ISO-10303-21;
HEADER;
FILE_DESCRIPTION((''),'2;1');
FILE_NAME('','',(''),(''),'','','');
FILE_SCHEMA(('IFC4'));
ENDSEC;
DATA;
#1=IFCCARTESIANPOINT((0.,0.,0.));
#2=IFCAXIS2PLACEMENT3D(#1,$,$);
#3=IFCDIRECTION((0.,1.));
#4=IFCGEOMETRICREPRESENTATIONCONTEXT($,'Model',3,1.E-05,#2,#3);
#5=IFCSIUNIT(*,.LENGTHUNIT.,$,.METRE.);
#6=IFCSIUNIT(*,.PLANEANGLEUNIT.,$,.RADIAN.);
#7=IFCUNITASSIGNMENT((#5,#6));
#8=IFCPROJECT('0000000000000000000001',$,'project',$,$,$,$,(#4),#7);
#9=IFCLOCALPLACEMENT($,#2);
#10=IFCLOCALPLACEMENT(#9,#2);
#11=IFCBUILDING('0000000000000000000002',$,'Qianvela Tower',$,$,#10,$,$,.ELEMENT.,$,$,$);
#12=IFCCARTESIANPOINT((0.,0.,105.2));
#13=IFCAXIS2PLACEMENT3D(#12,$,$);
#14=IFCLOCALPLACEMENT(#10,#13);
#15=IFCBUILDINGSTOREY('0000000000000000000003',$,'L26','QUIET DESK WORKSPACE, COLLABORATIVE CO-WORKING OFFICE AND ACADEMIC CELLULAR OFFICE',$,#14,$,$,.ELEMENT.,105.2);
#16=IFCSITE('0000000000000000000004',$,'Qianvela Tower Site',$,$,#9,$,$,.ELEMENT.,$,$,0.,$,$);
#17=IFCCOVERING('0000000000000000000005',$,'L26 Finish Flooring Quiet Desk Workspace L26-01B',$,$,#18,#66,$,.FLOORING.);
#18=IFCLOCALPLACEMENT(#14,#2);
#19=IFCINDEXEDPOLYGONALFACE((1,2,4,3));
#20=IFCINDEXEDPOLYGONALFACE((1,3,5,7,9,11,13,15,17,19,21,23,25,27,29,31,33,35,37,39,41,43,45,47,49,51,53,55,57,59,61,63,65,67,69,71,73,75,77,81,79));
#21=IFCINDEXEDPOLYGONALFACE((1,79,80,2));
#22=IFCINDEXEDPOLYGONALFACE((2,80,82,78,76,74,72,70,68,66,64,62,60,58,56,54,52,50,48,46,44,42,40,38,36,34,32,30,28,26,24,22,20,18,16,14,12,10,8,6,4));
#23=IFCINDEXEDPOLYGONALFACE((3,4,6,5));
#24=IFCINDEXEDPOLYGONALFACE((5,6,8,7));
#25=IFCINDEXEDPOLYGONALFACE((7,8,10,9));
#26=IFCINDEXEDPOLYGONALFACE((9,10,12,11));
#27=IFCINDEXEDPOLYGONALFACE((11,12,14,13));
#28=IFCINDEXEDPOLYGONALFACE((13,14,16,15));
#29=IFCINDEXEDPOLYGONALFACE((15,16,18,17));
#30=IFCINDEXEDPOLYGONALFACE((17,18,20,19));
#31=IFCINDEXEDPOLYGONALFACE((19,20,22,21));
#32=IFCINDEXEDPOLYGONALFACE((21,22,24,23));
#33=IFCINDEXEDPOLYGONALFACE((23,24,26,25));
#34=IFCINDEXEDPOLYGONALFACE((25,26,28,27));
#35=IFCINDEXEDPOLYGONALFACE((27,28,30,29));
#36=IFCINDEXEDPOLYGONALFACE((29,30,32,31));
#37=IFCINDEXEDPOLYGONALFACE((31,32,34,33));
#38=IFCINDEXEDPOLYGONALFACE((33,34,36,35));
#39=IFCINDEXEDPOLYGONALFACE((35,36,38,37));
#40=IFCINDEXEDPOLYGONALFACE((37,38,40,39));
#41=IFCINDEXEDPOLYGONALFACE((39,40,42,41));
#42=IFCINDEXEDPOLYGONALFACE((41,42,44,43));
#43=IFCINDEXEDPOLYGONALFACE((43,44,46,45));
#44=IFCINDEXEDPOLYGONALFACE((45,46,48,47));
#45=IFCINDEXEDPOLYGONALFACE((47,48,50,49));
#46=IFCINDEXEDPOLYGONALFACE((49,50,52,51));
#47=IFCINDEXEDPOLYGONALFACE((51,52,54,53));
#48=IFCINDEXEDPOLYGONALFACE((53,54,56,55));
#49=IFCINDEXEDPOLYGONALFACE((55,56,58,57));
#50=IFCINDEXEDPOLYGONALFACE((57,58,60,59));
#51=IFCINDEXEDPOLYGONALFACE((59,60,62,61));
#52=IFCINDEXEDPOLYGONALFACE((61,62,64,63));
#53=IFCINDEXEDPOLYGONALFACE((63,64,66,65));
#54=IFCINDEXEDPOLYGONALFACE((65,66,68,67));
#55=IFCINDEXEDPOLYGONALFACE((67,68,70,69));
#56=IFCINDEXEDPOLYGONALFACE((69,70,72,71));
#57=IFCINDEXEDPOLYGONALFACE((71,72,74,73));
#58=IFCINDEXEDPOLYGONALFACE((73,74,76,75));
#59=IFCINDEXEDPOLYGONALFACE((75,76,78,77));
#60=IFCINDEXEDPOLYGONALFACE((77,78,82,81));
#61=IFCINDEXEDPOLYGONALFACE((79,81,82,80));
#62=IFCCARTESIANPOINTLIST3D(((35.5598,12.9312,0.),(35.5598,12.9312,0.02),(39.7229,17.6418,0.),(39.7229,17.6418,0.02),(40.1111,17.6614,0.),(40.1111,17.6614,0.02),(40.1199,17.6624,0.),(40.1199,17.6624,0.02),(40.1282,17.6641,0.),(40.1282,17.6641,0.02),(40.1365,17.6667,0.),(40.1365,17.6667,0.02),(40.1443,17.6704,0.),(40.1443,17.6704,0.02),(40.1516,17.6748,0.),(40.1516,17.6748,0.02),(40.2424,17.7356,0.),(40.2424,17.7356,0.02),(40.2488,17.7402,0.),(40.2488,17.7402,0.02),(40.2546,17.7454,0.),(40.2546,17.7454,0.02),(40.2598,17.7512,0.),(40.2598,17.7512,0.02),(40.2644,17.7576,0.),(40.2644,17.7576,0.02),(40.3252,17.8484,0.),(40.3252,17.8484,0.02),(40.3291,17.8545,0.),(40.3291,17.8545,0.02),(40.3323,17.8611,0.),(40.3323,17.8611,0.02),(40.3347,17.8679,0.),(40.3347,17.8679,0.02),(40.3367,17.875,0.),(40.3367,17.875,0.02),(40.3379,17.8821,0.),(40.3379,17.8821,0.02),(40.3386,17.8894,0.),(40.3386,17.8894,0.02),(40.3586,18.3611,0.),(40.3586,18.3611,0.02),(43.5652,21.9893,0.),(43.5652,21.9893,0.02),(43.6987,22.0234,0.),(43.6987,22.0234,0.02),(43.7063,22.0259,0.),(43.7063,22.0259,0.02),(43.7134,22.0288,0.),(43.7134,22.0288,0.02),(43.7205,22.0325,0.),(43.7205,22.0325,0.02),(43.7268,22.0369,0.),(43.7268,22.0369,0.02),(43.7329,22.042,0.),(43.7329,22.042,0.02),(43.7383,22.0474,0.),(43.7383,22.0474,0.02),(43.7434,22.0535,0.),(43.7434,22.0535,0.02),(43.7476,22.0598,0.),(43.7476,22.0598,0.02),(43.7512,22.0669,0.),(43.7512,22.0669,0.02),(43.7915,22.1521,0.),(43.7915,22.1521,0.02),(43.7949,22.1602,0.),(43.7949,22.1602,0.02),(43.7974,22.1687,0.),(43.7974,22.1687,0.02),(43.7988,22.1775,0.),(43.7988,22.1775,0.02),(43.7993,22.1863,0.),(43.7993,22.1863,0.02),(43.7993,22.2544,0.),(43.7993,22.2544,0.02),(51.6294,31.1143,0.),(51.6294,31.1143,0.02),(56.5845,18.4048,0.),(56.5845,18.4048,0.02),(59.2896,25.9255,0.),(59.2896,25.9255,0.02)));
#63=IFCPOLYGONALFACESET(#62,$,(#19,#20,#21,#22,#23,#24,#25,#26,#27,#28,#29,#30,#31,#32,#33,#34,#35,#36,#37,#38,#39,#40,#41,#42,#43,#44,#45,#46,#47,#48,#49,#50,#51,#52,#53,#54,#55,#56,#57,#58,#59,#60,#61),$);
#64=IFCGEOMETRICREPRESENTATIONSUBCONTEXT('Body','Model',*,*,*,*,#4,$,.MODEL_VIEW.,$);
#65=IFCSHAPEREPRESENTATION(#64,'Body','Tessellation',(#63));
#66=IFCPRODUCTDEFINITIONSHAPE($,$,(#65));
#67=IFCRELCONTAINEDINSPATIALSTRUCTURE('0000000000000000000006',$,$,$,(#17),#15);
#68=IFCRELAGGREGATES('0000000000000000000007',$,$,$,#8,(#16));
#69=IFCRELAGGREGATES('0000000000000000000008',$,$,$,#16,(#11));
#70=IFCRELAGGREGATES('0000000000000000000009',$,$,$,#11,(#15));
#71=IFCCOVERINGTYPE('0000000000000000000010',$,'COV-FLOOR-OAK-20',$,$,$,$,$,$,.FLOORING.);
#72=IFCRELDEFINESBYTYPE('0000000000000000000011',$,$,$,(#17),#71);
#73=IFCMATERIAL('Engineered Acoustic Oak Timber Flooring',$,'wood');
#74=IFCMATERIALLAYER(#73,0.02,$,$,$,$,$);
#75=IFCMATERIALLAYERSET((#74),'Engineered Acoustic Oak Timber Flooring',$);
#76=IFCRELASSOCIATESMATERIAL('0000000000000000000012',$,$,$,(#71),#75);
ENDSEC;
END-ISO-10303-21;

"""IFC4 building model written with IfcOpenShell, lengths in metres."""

from ifc_helpers import new_model, si_unit, direction, frame, origin, place, context, subcontext, project, spatial, polyline, outline, extrude, material, layer, layer_set, type_object, element, save


model = new_model("IFC4")

# Units and contexts
model_context = context("Model", 3, precision=1e-05, world=origin(), true_north=direction((0.0, 1.0)))
body_context = subcontext(model_context, "Body", "Model", "MODEL_VIEW")
ifc_project = project(units=[si_unit("LENGTHUNIT", "METRE"), si_unit("PLANEANGLEUNIT", "RADIAN")], contexts=[model_context])

# Site, building, storey
site_placement = place(None, origin())
site = spatial("IfcSite", under=ifc_project, at=site_placement, Name="Qianvela Tower Site", CompositionType="ELEMENT", RefElevation=0.0)
building_placement = place(site_placement, origin())
building = spatial("IfcBuilding", under=site, at=building_placement, Name="Qianvela Tower", CompositionType="ELEMENT")
storey_placement = place(building_placement, frame((0.0, 0.0, 105.2)))
storey = spatial("IfcBuildingStorey", under=building, at=storey_placement, Name="L26", Description="QUIET DESK WORKSPACE, COLLABORATIVE CO-WORKING OFFICE AND ACADEMIC CELLULAR OFFICE", CompositionType="ELEMENT", Elevation=105.2)

# Covering
ifc_material_1 = material(Name="Engineered Acoustic Oak Timber Flooring", Category="wood")
ifc_layer_1 = layer(ifc_material_1, 0.02)
ifc_layer_set_1 = layer_set([ifc_layer_1], Name="Engineered Acoustic Oak Timber Flooring")
covering_type_1 = type_object("IfcCoveringType", Name="COV-FLOOR-OAK-20", PredefinedType="FLOORING", material=ifc_layer_set_1)
covering_1_placement = place(storey_placement, origin())
element("IfcCovering", 1, at=covering_1_placement, inside=storey, type_object=covering_type_1, Name="L26 Finish Flooring Quiet Desk Workspace L26-01B", PredefinedType="FLOORING", context=body_context, shape_type="SweptSolid", body=[
    extrude(outline(polyline([(40.1111, 17.6614), (40.1199, 17.6624), (40.1282, 17.6641), (40.1365, 17.6667), (40.1443, 17.6704), (40.1516, 17.6748), (40.2424, 17.7356), (40.2488, 17.7402), (40.2546, 17.7454), (40.2598, 17.7512), (40.2644, 17.7576), (40.3252, 17.8484), (40.3291, 17.8545), (40.3323, 17.8611), (40.3347, 17.8679), (40.3367, 17.875), (40.3379, 17.8821), (40.3386, 17.8894), (40.3586, 18.3611), (43.5652, 21.9893), (43.6987, 22.0234), (43.7063, 22.0259), (43.7134, 22.0288), (43.7205, 22.0325), (43.7268, 22.0369), (43.7329, 22.042), (43.7383, 22.0474), (43.7434, 22.0535), (43.7476, 22.0598), (43.7512, 22.0669), (43.7915, 22.1521), (43.7949, 22.1602), (43.7974, 22.1687), (43.7988, 22.1775), (43.7993, 22.1863), (43.7993, 22.2544), (51.6294, 31.1143), (59.2896, 25.9255), (56.5845, 18.4048), (35.5598, 12.9312), (39.7229, 17.6418), (40.1111, 17.6614)])), origin(), (0.0, 0.0, 1.0), 0.02),
])

save(model, "model.ifc")
